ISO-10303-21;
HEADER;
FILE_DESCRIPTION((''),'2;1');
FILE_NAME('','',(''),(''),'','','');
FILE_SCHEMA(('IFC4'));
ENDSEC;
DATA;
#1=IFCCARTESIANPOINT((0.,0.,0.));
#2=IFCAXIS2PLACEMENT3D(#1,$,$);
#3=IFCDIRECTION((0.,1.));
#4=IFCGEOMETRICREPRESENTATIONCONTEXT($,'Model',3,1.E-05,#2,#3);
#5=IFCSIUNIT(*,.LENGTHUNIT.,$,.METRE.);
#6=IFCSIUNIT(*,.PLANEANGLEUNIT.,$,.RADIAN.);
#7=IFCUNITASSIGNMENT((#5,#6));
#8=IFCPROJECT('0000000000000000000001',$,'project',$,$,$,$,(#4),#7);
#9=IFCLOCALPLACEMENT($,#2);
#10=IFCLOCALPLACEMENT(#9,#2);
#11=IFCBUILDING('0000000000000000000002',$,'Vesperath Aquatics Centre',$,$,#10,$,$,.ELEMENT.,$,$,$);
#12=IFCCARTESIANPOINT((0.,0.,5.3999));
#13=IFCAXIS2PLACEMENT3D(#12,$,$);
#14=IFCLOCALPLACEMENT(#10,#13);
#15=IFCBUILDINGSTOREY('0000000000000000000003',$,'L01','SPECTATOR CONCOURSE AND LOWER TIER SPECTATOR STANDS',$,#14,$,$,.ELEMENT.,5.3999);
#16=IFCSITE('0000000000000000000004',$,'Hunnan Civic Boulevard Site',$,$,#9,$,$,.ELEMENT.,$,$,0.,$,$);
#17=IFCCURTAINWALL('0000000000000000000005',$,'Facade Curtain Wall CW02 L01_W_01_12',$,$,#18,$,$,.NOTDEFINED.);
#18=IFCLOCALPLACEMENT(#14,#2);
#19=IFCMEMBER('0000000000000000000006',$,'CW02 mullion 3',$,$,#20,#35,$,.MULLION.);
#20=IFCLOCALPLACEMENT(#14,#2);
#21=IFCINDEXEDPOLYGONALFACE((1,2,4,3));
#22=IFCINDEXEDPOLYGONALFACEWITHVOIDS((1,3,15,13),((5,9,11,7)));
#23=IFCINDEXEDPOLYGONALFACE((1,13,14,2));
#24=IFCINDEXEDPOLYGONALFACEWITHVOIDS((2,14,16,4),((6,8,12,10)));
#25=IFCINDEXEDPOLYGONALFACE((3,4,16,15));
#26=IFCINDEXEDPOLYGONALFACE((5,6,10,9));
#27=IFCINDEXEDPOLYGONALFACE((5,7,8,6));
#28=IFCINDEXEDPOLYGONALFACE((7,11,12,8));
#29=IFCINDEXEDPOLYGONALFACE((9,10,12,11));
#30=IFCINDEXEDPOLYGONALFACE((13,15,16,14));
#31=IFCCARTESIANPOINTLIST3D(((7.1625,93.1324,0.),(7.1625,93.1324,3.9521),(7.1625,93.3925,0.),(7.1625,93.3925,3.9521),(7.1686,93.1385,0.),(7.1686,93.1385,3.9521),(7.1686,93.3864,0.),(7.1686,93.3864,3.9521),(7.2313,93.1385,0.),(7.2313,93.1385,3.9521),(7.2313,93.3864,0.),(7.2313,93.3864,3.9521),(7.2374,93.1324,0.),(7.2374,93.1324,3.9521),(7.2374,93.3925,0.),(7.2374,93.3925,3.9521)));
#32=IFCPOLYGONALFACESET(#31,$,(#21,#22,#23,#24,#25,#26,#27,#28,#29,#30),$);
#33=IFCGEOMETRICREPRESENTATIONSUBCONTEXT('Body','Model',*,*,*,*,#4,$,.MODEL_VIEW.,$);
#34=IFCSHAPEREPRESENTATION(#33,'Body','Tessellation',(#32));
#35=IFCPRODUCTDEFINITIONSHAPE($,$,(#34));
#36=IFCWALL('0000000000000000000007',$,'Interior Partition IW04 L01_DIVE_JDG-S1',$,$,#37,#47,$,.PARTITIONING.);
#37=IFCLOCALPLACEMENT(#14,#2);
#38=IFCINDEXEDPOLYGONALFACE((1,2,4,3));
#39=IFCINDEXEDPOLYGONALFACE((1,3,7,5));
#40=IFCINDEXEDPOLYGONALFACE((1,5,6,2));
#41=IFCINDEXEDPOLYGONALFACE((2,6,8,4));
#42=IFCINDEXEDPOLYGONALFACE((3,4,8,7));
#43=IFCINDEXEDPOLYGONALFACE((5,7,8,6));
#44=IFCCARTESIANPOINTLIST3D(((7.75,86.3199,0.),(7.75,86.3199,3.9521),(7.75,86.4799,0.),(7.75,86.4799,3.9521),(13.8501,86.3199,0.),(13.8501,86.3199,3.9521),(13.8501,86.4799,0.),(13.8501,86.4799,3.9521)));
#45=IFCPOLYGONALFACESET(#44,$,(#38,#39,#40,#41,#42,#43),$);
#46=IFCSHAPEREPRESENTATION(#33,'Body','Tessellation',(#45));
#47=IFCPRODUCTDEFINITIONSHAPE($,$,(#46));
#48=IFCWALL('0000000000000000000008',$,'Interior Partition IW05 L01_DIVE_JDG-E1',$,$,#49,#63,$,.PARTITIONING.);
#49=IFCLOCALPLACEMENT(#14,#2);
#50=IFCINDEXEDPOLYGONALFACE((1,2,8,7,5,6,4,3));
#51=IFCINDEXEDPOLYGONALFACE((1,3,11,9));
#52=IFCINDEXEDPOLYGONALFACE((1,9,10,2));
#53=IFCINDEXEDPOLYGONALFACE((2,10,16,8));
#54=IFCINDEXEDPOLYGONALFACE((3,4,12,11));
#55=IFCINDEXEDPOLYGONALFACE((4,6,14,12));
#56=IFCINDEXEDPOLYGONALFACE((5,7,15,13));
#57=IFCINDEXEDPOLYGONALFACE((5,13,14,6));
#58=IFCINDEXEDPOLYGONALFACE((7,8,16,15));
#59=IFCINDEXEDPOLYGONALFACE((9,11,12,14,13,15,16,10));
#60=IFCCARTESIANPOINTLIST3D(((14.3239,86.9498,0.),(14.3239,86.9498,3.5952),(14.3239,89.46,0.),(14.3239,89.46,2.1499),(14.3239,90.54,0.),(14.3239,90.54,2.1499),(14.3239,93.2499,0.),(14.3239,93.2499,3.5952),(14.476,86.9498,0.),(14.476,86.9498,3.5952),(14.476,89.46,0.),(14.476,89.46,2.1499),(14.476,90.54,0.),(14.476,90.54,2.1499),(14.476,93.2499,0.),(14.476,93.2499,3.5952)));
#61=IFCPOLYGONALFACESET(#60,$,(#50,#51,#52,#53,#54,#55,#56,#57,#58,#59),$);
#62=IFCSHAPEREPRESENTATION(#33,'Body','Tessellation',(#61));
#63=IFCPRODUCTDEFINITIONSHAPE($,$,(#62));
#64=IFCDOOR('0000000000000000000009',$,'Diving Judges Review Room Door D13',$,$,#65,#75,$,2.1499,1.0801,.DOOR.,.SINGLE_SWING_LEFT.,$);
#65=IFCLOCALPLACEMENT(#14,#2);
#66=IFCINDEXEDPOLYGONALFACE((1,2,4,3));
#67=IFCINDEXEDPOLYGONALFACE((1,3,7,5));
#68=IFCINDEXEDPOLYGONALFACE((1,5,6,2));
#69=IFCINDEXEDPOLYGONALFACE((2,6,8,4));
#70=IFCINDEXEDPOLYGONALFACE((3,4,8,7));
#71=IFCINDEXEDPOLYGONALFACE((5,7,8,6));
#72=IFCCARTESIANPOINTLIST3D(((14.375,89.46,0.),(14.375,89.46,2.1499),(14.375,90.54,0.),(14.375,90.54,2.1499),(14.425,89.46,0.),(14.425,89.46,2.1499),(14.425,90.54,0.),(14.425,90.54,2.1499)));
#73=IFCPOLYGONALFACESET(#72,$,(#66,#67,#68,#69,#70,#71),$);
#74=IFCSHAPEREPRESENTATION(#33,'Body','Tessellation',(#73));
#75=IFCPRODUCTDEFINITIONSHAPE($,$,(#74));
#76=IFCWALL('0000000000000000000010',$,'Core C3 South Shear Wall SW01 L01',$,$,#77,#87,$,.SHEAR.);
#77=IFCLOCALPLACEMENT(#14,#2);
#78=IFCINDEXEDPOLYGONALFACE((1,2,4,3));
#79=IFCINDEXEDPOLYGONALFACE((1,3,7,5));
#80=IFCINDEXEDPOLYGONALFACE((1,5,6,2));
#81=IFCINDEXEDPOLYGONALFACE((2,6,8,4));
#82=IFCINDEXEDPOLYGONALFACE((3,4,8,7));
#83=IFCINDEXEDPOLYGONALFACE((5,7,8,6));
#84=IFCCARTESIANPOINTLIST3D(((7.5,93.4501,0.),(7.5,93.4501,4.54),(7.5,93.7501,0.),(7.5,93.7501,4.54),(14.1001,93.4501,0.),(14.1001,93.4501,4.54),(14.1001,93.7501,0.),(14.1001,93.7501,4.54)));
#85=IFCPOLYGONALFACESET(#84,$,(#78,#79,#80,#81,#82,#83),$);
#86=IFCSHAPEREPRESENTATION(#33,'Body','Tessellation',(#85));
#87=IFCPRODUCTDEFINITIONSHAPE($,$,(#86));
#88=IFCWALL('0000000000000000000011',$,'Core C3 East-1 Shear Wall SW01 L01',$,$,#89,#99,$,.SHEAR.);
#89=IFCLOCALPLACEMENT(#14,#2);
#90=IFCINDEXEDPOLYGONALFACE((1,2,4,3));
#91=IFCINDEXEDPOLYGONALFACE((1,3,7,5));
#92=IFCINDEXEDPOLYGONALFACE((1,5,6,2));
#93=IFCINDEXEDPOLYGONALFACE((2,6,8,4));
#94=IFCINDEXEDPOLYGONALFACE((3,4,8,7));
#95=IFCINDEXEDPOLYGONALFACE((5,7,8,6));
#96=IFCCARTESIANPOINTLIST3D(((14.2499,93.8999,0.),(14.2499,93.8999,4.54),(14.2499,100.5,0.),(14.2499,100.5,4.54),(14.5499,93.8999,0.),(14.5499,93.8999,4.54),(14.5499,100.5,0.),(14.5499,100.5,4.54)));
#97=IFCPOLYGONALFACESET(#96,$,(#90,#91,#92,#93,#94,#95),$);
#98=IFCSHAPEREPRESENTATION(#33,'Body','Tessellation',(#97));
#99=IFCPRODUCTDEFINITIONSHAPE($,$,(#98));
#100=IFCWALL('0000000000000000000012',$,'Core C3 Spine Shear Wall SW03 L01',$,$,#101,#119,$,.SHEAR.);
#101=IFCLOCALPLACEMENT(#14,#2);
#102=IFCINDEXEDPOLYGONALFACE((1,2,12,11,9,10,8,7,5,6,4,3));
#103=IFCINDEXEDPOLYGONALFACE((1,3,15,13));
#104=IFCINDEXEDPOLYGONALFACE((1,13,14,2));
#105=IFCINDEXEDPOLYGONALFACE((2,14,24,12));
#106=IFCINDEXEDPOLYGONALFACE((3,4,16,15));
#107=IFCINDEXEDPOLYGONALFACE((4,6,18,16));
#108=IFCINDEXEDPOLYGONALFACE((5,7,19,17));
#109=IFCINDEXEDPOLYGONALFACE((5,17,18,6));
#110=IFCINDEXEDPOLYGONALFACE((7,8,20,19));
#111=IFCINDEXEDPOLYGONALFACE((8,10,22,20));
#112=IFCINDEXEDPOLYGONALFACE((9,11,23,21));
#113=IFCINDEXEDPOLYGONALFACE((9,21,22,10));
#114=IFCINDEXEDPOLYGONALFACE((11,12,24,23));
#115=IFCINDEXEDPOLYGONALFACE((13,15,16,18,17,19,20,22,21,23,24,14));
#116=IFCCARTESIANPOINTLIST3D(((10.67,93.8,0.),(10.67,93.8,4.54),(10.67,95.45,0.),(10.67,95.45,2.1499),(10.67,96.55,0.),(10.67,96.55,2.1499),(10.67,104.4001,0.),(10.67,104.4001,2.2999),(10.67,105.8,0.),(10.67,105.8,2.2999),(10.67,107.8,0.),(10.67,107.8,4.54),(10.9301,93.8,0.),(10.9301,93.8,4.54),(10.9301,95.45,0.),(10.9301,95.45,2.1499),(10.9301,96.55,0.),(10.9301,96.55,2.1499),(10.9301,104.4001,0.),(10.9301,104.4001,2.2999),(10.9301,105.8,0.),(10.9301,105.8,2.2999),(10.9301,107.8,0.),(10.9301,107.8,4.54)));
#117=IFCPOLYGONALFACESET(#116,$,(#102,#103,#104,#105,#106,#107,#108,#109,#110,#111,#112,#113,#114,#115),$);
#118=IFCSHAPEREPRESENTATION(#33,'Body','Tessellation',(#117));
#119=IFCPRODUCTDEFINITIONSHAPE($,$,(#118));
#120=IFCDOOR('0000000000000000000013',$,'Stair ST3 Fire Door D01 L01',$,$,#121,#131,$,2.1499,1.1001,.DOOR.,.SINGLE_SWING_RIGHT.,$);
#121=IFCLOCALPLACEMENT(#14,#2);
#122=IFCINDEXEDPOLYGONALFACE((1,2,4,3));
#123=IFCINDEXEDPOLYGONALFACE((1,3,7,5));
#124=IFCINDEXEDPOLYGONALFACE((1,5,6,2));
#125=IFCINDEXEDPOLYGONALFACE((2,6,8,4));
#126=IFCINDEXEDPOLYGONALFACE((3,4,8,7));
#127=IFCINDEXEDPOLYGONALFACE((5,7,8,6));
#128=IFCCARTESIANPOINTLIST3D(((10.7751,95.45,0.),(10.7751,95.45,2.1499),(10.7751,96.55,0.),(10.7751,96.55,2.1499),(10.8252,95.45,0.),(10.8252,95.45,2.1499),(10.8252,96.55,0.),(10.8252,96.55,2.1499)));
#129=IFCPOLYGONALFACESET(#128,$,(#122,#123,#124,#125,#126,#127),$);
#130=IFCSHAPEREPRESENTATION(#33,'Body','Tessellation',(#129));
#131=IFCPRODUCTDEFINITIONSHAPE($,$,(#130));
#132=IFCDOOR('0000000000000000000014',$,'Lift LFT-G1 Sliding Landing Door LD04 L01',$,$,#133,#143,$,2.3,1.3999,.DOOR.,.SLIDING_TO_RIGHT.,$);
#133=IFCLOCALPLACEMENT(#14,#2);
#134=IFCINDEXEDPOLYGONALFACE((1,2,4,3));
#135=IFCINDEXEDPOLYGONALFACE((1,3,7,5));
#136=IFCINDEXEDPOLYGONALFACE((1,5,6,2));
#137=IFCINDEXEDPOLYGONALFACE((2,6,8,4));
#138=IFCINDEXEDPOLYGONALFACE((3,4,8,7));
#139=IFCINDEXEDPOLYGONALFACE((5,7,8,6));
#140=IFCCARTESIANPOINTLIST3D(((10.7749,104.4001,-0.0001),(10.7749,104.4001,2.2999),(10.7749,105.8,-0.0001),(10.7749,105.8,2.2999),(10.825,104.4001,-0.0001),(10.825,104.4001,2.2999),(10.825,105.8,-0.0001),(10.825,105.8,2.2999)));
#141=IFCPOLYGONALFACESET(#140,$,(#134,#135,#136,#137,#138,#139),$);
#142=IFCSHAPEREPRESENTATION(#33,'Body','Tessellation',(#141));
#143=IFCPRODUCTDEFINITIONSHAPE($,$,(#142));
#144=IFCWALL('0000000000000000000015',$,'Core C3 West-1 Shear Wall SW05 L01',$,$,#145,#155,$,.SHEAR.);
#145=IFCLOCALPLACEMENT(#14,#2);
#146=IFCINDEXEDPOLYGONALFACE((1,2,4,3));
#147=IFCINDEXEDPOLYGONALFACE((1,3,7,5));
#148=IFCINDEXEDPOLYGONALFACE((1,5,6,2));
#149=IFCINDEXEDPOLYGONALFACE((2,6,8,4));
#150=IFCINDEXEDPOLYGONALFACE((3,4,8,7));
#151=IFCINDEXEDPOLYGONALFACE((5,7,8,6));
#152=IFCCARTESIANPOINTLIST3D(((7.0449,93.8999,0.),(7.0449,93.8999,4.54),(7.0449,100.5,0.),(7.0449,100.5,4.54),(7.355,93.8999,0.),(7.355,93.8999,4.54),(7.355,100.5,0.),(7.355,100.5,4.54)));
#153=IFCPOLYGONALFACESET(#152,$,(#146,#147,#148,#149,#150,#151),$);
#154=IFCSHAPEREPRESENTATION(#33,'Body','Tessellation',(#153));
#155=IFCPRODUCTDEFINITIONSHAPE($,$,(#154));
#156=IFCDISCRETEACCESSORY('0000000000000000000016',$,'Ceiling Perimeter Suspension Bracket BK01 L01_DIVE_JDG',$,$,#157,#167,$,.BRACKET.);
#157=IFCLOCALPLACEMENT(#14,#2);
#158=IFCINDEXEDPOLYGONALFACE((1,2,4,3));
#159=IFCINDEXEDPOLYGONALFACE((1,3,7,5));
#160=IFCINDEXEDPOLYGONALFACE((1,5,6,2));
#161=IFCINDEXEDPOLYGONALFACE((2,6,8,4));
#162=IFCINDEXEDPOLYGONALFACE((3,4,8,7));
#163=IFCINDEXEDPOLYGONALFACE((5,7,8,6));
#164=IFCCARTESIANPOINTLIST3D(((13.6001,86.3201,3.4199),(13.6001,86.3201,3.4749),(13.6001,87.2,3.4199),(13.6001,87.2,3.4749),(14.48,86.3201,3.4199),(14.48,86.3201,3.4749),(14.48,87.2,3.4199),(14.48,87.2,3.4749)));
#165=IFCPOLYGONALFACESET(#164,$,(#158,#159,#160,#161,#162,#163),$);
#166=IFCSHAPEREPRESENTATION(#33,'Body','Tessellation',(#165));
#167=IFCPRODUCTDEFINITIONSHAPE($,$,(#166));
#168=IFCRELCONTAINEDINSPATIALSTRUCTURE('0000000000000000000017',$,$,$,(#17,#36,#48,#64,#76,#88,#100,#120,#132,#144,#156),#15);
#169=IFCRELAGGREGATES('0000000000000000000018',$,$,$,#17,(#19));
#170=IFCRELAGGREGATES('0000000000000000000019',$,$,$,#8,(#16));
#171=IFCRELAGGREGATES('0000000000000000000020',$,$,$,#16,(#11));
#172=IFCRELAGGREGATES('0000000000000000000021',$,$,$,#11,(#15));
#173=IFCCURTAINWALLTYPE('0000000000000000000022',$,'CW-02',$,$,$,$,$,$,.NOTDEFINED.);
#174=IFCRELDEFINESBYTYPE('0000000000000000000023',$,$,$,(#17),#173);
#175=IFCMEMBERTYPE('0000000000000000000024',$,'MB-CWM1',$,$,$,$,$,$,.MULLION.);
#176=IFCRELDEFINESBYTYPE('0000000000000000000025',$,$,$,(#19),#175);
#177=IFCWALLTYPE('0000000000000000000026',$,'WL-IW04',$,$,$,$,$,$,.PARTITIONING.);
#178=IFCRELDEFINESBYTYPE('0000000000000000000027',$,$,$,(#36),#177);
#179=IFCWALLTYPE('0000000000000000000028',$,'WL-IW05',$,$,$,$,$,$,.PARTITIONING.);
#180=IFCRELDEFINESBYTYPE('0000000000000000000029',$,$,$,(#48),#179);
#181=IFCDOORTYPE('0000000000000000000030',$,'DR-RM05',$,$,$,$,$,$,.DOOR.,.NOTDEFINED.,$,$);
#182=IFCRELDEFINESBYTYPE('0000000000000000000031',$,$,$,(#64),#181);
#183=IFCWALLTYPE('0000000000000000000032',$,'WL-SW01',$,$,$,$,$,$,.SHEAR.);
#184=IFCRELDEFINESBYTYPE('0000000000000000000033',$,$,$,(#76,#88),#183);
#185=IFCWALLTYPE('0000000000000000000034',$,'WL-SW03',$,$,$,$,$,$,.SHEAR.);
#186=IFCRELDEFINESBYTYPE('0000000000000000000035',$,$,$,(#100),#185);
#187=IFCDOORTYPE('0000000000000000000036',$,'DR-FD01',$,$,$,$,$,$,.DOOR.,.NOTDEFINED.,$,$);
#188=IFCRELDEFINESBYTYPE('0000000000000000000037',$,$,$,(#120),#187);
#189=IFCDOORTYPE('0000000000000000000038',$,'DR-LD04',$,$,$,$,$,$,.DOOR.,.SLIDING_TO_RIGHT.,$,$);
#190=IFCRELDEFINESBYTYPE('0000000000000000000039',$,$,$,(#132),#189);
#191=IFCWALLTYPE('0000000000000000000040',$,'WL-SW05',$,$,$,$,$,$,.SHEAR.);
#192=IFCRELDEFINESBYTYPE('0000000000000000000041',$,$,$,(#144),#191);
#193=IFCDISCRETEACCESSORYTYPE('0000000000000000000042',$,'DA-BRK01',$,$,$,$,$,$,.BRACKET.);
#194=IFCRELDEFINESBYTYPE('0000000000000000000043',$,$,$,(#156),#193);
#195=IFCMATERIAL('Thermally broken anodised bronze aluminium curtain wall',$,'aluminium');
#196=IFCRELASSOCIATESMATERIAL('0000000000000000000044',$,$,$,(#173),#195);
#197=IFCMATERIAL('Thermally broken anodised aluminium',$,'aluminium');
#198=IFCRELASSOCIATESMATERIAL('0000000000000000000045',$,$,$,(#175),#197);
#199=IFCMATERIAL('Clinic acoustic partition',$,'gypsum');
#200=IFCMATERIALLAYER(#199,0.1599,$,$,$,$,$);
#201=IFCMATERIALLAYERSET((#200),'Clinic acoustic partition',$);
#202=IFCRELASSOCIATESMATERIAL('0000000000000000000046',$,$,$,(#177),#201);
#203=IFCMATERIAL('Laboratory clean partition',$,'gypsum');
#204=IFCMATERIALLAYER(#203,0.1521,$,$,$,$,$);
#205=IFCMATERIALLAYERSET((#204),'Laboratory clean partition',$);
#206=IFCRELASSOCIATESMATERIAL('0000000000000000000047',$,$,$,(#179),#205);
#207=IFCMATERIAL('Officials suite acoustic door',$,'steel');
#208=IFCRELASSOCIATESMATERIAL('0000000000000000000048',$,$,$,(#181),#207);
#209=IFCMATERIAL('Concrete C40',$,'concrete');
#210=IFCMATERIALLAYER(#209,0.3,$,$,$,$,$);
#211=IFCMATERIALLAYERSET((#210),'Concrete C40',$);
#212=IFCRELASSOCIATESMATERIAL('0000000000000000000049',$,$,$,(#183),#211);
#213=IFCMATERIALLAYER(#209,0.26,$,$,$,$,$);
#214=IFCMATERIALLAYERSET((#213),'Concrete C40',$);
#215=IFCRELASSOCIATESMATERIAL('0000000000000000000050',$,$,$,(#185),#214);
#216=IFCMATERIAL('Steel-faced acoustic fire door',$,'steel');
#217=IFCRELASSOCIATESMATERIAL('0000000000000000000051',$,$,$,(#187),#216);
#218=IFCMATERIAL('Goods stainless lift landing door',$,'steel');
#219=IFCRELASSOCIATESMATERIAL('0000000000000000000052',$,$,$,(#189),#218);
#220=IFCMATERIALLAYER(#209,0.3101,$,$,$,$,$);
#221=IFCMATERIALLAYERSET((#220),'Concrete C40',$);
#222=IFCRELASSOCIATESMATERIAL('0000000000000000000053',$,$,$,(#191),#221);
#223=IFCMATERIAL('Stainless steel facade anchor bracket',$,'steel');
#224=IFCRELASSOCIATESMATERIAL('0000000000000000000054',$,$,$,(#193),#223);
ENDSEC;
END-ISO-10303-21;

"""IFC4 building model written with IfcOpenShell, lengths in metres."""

from ifc_helpers import new_model, si_unit, direction, frame, frame_2d, origin, origin_2d, place, context, subcontext, project, spatial, rectangle, hollow_rectangle, extrude, material, layer, layer_set, material_profile, profile_set, type_object, element, fill, aggregate, save


model = new_model("IFC4")

# Units and contexts
model_context = context("Model", 3, precision=1e-05, world=origin(), true_north=direction((0.0, 1.0)))
body_context = subcontext(model_context, "Body", "Model", "MODEL_VIEW")
ifc_project = project(units=[si_unit("LENGTHUNIT", "METRE"), si_unit("PLANEANGLEUNIT", "RADIAN")], contexts=[model_context])

# Site, building, storey
site_placement = place(None, origin())
site = spatial("IfcSite", under=ifc_project, at=site_placement, Name="Hunnan Civic Boulevard Site", CompositionType="ELEMENT", RefElevation=0.0)
building_placement = place(site_placement, origin())
building = spatial("IfcBuilding", under=site, at=building_placement, Name="Vesperath Aquatics Centre", CompositionType="ELEMENT")
storey_placement = place(building_placement, frame((0.0, 0.0, 5.3999)))
storey = spatial("IfcBuildingStorey", under=building, at=storey_placement, Name="L01", Description="SPECTATOR CONCOURSE AND LOWER TIER SPECTATOR STANDS", CompositionType="ELEMENT", Elevation=5.3999)

# Shared definitions
ifc_material_1 = material(Name="Concrete C40", Category="concrete")

# Curtain wall, member
ifc_material_2 = material(Name="Thermally broken anodised bronze aluminium curtain wall", Category="aluminium")
curtain_wall_type = type_object("IfcCurtainWallType", Name="CW-02", PredefinedType="NOTDEFINED", material=ifc_material_2)
curtain_wall_placement = place(storey_placement, origin())
curtain_wall = element("IfcCurtainWall", 1, at=curtain_wall_placement, inside=storey, type_object=curtain_wall_type, Name="Facade Curtain Wall CW02 L01_W_01_12", PredefinedType="NOTDEFINED")
ifc_material_3 = material(Name="Thermally broken anodised aluminium", Category="aluminium")
ifc_material_profile_1 = material_profile(ifc_material_3, hollow_rectangle(XDim=0.075, YDim=0.26, WallThickness=0.0061, at=origin_2d()), Name="CWM 75x260x6")
ifc_profile_set_1 = profile_set([ifc_material_profile_1], Name="Thermally broken anodised aluminium")
member_type = type_object("IfcMemberType", Name="MB-CWM1", PredefinedType="MULLION", material=ifc_profile_set_1)
member_placement = place(storey_placement, frame((7.2, 93.2625, 0.0), z_axis=(0.0, 0.0, 1.0), x_axis=(-1.0, 0.0, 0.0)))
member = element("IfcMember", 2, at=member_placement, type_object=member_type, Name="CW02 mullion 3", PredefinedType="MULLION", context=body_context, shape_type="SweptSolid", body=[
    extrude(hollow_rectangle(XDim=0.075, YDim=0.26, WallThickness=0.0061, at=origin_2d()), origin(), (0.0, 0.0, 1.0), 3.9521),
])
aggregate(curtain_wall, [member])

# Wall
ifc_material_4 = material(Name="Clinic acoustic partition", Category="gypsum")
ifc_layer_1 = layer(ifc_material_4, 0.1599)
ifc_layer_set_1 = layer_set([ifc_layer_1], Name="Clinic acoustic partition")
wall_type_1 = type_object("IfcWallType", Name="WL-IW04", PredefinedType="PARTITIONING", material=ifc_layer_set_1)
wall_1_placement = place(storey_placement, frame((7.75, 86.3999, 0.0), z_axis=(0.0, 0.0, 1.0), x_axis=(1.0, 0.0, 0.0)))
element("IfcWall", 3, at=wall_1_placement, inside=storey, type_object=wall_type_1, Name="Interior Partition IW04 L01_DIVE_JDG-S1", PredefinedType="PARTITIONING", context=body_context, shape_type="SweptSolid", body=[
    extrude(rectangle(XDim=6.1001, YDim=0.1599, at=frame_2d((3.05, 0.0))), origin(), (0.0, 0.0, 1.0), 3.9521),
])

# Wall, opening, door
ifc_material_5 = material(Name="Laboratory clean partition", Category="gypsum")
ifc_layer_2 = layer(ifc_material_5, 0.1521)
ifc_layer_set_2 = layer_set([ifc_layer_2], Name="Laboratory clean partition")
wall_type_2 = type_object("IfcWallType", Name="WL-IW05", PredefinedType="PARTITIONING", material=ifc_layer_set_2)
wall_2_placement = place(storey_placement, frame((14.3999, 86.95, 0.0), z_axis=(0.0, 0.0, 1.0), x_axis=(0.0, 1.0, 0.0)))
wall_2 = element("IfcWall", 4, at=wall_2_placement, inside=storey, type_object=wall_type_2, Name="Interior Partition IW05 L01_DIVE_JDG-E1", PredefinedType="PARTITIONING", context=body_context, shape_type="SweptSolid", body=[
    extrude(rectangle(XDim=6.3, YDim=0.1521, at=frame_2d((3.1499, 0.0))), origin(), (0.0, 0.0, 1.0), 3.5952),
])
opening_1_placement = place(wall_2_placement, frame((2.51, 0.0, 0.0)))
opening_1 = element("IfcOpeningElement", 5, at=opening_1_placement, cuts=wall_2, PredefinedType="OPENING", context=body_context, shape_type="SweptSolid", body=[
    extrude(rectangle(XDim=1.0801, YDim=2.1499, at=frame_2d((0.54, 1.075))), frame((0.0, 0.0908, 0.0), z_axis=(0.0, -1.0, 0.0), x_axis=(1.0, 0.0, 0.0)), (0.0, 0.0, 1.0), 0.1819),
])
ifc_material_6 = material(Name="Officials suite acoustic door", Category="steel")
door_type_1 = type_object("IfcDoorType", Name="DR-RM05", OperationType="NOTDEFINED", PredefinedType="DOOR", material=ifc_material_6)
door_1_placement = place(opening_1_placement, origin())
door_1 = element("IfcDoor", 6, at=door_1_placement, inside=storey, type_object=door_type_1, Name="Diving Judges Review Room Door D13", OperationType="SINGLE_SWING_LEFT", OverallHeight=2.1499, OverallWidth=1.0801, PredefinedType="DOOR", context=body_context, shape_type="SweptSolid", body=[
    extrude(rectangle(XDim=1.0801, YDim=2.1499, at=frame_2d((0.54, 1.075))), frame((0.0, 0.0249, 0.0), z_axis=(0.0, -1.0, 0.0), x_axis=(1.0, 0.0, 0.0)), (0.0, 0.0, 1.0), 0.05),
])
fill(opening_1, door_1)

# Walls
ifc_layer_3 = layer(ifc_material_1, 0.3)
ifc_layer_set_3 = layer_set([ifc_layer_3], Name="Concrete C40")
wall_type_3 = type_object("IfcWallType", Name="WL-SW01", PredefinedType="SHEAR", material=ifc_layer_set_3)
for number, where, z_axis, x_axis, name in (
    (7, (7.5, 93.6001, 0.0), (0.0, 0.0, 1.0), (1.0, 0.0, 0.0), "Core C3 South Shear Wall SW01 L01"),
    (8, (14.3999, 93.8999, 0.0), (0.0, 0.0, 1.0), (0.0, 1.0, 0.0), "Core C3 East-1 Shear Wall SW01 L01"),
):
    element("IfcWall", number, at=place(storey_placement, frame(where, z_axis=z_axis, x_axis=x_axis)), inside=storey, type_object=wall_type_3, Name=name, PredefinedType="SHEAR", context=body_context, shape_type="SweptSolid", body=[
        extrude(rectangle(XDim=6.6001, YDim=0.3, at=frame_2d((3.3, 0.0))), origin(), (0.0, 0.0, 1.0), 4.54),
    ])

# Wall, openings, doors
ifc_layer_4 = layer(ifc_material_1, 0.26)
ifc_layer_set_4 = layer_set([ifc_layer_4], Name="Concrete C40")
wall_type_4 = type_object("IfcWallType", Name="WL-SW03", PredefinedType="SHEAR", material=ifc_layer_set_4)
wall_3_placement = place(storey_placement, frame((10.8, 93.8, 0.0), z_axis=(0.0, 0.0, 1.0), x_axis=(0.0, 1.0, 0.0)))
wall_3 = element("IfcWall", 9, at=wall_3_placement, inside=storey, type_object=wall_type_4, Name="Core C3 Spine Shear Wall SW03 L01", PredefinedType="SHEAR", context=body_context, shape_type="SweptSolid", body=[
    extrude(rectangle(XDim=14.0, YDim=0.26, at=frame_2d((7.0, 0.0))), origin(), (0.0, 0.0, 1.0), 4.54),
])
opening_2_placement = place(wall_3_placement, frame((1.6499, 0.0, 0.0)))
opening_2 = element("IfcOpeningElement", 10, at=opening_2_placement, cuts=wall_3, PredefinedType="OPENING", context=body_context, shape_type="SweptSolid", body=[
    extrude(rectangle(XDim=1.1001, YDim=2.1499, at=frame_2d((0.55, 1.075))), frame((0.0, 0.145, 0.0), z_axis=(0.0, -1.0, 0.0), x_axis=(1.0, 0.0, 0.0)), (0.0, 0.0, 1.0), 0.2898),
])
opening_3_placement = place(wall_3_placement, frame((10.6001, 0.0, 0.0)))
opening_3 = element("IfcOpeningElement", 11, at=opening_3_placement, cuts=wall_3, PredefinedType="OPENING", context=body_context, shape_type="SweptSolid", body=[
    extrude(rectangle(XDim=1.3999, YDim=2.3, at=frame_2d((0.7, 1.1499))), frame((0.0, 0.145, 0.0), z_axis=(0.0, -1.0, 0.0), x_axis=(1.0, 0.0, 0.0)), (0.0, 0.0, 1.0), 0.2898),
])
ifc_material_7 = material(Name="Steel-faced acoustic fire door", Category="steel")
door_type_2 = type_object("IfcDoorType", Name="DR-FD01", OperationType="NOTDEFINED", PredefinedType="DOOR", material=ifc_material_7)
door_2_placement = place(opening_2_placement, origin())
door_2 = element("IfcDoor", 12, at=door_2_placement, inside=storey, type_object=door_type_2, Name="Stair ST3 Fire Door D01 L01", OperationType="SINGLE_SWING_RIGHT", OverallHeight=2.1499, OverallWidth=1.1001, PredefinedType="DOOR", context=body_context, shape_type="SweptSolid", body=[
    extrude(rectangle(XDim=1.1001, YDim=2.1499, at=frame_2d((0.55, 1.075))), frame((0.0, 0.0249, 0.0), z_axis=(0.0, -1.0, 0.0), x_axis=(1.0, 0.0, 0.0)), (0.0, 0.0, 1.0), 0.05),
])
fill(opening_2, door_2)
ifc_material_8 = material(Name="Goods stainless lift landing door", Category="steel")
door_type_3 = type_object("IfcDoorType", Name="DR-LD04", OperationType="SLIDING_TO_RIGHT", PredefinedType="DOOR", material=ifc_material_8)
door_3_placement = place(opening_3_placement, frame((1.3999, 0.0, 0.0), z_axis=(0.0, 0.0, 1.0), x_axis=(-1.0, 0.0, 0.0)))
door_3 = element("IfcDoor", 13, at=door_3_placement, inside=storey, type_object=door_type_3, Name="Lift LFT-G1 Sliding Landing Door LD04 L01", OperationType="SLIDING_TO_RIGHT", OverallHeight=2.3, OverallWidth=1.3999, PredefinedType="DOOR", context=body_context, shape_type="SweptSolid", body=[
    extrude(rectangle(XDim=1.3999, YDim=2.3, at=frame_2d((0.7, 1.1499))), frame((0.0, 0.0249, 0.0), z_axis=(0.0, -1.0, 0.0), x_axis=(1.0, 0.0, 0.0)), (0.0, 0.0, 1.0), 0.05),
])
fill(opening_3, door_3)

# Wall
ifc_layer_5 = layer(ifc_material_1, 0.3101)
ifc_layer_set_5 = layer_set([ifc_layer_5], Name="Concrete C40")
wall_type_5 = type_object("IfcWallType", Name="WL-SW05", PredefinedType="SHEAR", material=ifc_layer_set_5)
wall_4_placement = place(storey_placement, frame((7.2, 93.8999, 0.0), z_axis=(0.0, 0.0, 1.0), x_axis=(0.0, 1.0, 0.0)))
element("IfcWall", 14, at=wall_4_placement, inside=storey, type_object=wall_type_5, Name="Core C3 West-1 Shear Wall SW05 L01", PredefinedType="SHEAR", context=body_context, shape_type="SweptSolid", body=[
    extrude(rectangle(XDim=6.6001, YDim=0.3101, at=frame_2d((3.3, 0.0))), origin(), (0.0, 0.0, 1.0), 4.54),
])

# Discrete accessory
ifc_material_9 = material(Name="Stainless steel facade anchor bracket", Category="steel")
discrete_accessory_type = type_object("IfcDiscreteAccessoryType", Name="DA-BRK01", PredefinedType="BRACKET", material=ifc_material_9)
discrete_accessory_placement = place(storey_placement, frame((14.04, 86.76, 3.4199), z_axis=(0.0, 0.0, 1.0), x_axis=(1.0, 0.0, 0.0)))
element("IfcDiscreteAccessory", 15, at=discrete_accessory_placement, inside=storey, type_object=discrete_accessory_type, Name="Ceiling Perimeter Suspension Bracket BK01 L01_DIVE_JDG", PredefinedType="BRACKET", context=body_context, shape_type="SweptSolid", body=[
    extrude(rectangle(XDim=0.8799, YDim=0.8799, at=origin_2d()), origin(), (0.0, 0.0, 1.0), 0.0549),
])

save(model, "model.ifc")
